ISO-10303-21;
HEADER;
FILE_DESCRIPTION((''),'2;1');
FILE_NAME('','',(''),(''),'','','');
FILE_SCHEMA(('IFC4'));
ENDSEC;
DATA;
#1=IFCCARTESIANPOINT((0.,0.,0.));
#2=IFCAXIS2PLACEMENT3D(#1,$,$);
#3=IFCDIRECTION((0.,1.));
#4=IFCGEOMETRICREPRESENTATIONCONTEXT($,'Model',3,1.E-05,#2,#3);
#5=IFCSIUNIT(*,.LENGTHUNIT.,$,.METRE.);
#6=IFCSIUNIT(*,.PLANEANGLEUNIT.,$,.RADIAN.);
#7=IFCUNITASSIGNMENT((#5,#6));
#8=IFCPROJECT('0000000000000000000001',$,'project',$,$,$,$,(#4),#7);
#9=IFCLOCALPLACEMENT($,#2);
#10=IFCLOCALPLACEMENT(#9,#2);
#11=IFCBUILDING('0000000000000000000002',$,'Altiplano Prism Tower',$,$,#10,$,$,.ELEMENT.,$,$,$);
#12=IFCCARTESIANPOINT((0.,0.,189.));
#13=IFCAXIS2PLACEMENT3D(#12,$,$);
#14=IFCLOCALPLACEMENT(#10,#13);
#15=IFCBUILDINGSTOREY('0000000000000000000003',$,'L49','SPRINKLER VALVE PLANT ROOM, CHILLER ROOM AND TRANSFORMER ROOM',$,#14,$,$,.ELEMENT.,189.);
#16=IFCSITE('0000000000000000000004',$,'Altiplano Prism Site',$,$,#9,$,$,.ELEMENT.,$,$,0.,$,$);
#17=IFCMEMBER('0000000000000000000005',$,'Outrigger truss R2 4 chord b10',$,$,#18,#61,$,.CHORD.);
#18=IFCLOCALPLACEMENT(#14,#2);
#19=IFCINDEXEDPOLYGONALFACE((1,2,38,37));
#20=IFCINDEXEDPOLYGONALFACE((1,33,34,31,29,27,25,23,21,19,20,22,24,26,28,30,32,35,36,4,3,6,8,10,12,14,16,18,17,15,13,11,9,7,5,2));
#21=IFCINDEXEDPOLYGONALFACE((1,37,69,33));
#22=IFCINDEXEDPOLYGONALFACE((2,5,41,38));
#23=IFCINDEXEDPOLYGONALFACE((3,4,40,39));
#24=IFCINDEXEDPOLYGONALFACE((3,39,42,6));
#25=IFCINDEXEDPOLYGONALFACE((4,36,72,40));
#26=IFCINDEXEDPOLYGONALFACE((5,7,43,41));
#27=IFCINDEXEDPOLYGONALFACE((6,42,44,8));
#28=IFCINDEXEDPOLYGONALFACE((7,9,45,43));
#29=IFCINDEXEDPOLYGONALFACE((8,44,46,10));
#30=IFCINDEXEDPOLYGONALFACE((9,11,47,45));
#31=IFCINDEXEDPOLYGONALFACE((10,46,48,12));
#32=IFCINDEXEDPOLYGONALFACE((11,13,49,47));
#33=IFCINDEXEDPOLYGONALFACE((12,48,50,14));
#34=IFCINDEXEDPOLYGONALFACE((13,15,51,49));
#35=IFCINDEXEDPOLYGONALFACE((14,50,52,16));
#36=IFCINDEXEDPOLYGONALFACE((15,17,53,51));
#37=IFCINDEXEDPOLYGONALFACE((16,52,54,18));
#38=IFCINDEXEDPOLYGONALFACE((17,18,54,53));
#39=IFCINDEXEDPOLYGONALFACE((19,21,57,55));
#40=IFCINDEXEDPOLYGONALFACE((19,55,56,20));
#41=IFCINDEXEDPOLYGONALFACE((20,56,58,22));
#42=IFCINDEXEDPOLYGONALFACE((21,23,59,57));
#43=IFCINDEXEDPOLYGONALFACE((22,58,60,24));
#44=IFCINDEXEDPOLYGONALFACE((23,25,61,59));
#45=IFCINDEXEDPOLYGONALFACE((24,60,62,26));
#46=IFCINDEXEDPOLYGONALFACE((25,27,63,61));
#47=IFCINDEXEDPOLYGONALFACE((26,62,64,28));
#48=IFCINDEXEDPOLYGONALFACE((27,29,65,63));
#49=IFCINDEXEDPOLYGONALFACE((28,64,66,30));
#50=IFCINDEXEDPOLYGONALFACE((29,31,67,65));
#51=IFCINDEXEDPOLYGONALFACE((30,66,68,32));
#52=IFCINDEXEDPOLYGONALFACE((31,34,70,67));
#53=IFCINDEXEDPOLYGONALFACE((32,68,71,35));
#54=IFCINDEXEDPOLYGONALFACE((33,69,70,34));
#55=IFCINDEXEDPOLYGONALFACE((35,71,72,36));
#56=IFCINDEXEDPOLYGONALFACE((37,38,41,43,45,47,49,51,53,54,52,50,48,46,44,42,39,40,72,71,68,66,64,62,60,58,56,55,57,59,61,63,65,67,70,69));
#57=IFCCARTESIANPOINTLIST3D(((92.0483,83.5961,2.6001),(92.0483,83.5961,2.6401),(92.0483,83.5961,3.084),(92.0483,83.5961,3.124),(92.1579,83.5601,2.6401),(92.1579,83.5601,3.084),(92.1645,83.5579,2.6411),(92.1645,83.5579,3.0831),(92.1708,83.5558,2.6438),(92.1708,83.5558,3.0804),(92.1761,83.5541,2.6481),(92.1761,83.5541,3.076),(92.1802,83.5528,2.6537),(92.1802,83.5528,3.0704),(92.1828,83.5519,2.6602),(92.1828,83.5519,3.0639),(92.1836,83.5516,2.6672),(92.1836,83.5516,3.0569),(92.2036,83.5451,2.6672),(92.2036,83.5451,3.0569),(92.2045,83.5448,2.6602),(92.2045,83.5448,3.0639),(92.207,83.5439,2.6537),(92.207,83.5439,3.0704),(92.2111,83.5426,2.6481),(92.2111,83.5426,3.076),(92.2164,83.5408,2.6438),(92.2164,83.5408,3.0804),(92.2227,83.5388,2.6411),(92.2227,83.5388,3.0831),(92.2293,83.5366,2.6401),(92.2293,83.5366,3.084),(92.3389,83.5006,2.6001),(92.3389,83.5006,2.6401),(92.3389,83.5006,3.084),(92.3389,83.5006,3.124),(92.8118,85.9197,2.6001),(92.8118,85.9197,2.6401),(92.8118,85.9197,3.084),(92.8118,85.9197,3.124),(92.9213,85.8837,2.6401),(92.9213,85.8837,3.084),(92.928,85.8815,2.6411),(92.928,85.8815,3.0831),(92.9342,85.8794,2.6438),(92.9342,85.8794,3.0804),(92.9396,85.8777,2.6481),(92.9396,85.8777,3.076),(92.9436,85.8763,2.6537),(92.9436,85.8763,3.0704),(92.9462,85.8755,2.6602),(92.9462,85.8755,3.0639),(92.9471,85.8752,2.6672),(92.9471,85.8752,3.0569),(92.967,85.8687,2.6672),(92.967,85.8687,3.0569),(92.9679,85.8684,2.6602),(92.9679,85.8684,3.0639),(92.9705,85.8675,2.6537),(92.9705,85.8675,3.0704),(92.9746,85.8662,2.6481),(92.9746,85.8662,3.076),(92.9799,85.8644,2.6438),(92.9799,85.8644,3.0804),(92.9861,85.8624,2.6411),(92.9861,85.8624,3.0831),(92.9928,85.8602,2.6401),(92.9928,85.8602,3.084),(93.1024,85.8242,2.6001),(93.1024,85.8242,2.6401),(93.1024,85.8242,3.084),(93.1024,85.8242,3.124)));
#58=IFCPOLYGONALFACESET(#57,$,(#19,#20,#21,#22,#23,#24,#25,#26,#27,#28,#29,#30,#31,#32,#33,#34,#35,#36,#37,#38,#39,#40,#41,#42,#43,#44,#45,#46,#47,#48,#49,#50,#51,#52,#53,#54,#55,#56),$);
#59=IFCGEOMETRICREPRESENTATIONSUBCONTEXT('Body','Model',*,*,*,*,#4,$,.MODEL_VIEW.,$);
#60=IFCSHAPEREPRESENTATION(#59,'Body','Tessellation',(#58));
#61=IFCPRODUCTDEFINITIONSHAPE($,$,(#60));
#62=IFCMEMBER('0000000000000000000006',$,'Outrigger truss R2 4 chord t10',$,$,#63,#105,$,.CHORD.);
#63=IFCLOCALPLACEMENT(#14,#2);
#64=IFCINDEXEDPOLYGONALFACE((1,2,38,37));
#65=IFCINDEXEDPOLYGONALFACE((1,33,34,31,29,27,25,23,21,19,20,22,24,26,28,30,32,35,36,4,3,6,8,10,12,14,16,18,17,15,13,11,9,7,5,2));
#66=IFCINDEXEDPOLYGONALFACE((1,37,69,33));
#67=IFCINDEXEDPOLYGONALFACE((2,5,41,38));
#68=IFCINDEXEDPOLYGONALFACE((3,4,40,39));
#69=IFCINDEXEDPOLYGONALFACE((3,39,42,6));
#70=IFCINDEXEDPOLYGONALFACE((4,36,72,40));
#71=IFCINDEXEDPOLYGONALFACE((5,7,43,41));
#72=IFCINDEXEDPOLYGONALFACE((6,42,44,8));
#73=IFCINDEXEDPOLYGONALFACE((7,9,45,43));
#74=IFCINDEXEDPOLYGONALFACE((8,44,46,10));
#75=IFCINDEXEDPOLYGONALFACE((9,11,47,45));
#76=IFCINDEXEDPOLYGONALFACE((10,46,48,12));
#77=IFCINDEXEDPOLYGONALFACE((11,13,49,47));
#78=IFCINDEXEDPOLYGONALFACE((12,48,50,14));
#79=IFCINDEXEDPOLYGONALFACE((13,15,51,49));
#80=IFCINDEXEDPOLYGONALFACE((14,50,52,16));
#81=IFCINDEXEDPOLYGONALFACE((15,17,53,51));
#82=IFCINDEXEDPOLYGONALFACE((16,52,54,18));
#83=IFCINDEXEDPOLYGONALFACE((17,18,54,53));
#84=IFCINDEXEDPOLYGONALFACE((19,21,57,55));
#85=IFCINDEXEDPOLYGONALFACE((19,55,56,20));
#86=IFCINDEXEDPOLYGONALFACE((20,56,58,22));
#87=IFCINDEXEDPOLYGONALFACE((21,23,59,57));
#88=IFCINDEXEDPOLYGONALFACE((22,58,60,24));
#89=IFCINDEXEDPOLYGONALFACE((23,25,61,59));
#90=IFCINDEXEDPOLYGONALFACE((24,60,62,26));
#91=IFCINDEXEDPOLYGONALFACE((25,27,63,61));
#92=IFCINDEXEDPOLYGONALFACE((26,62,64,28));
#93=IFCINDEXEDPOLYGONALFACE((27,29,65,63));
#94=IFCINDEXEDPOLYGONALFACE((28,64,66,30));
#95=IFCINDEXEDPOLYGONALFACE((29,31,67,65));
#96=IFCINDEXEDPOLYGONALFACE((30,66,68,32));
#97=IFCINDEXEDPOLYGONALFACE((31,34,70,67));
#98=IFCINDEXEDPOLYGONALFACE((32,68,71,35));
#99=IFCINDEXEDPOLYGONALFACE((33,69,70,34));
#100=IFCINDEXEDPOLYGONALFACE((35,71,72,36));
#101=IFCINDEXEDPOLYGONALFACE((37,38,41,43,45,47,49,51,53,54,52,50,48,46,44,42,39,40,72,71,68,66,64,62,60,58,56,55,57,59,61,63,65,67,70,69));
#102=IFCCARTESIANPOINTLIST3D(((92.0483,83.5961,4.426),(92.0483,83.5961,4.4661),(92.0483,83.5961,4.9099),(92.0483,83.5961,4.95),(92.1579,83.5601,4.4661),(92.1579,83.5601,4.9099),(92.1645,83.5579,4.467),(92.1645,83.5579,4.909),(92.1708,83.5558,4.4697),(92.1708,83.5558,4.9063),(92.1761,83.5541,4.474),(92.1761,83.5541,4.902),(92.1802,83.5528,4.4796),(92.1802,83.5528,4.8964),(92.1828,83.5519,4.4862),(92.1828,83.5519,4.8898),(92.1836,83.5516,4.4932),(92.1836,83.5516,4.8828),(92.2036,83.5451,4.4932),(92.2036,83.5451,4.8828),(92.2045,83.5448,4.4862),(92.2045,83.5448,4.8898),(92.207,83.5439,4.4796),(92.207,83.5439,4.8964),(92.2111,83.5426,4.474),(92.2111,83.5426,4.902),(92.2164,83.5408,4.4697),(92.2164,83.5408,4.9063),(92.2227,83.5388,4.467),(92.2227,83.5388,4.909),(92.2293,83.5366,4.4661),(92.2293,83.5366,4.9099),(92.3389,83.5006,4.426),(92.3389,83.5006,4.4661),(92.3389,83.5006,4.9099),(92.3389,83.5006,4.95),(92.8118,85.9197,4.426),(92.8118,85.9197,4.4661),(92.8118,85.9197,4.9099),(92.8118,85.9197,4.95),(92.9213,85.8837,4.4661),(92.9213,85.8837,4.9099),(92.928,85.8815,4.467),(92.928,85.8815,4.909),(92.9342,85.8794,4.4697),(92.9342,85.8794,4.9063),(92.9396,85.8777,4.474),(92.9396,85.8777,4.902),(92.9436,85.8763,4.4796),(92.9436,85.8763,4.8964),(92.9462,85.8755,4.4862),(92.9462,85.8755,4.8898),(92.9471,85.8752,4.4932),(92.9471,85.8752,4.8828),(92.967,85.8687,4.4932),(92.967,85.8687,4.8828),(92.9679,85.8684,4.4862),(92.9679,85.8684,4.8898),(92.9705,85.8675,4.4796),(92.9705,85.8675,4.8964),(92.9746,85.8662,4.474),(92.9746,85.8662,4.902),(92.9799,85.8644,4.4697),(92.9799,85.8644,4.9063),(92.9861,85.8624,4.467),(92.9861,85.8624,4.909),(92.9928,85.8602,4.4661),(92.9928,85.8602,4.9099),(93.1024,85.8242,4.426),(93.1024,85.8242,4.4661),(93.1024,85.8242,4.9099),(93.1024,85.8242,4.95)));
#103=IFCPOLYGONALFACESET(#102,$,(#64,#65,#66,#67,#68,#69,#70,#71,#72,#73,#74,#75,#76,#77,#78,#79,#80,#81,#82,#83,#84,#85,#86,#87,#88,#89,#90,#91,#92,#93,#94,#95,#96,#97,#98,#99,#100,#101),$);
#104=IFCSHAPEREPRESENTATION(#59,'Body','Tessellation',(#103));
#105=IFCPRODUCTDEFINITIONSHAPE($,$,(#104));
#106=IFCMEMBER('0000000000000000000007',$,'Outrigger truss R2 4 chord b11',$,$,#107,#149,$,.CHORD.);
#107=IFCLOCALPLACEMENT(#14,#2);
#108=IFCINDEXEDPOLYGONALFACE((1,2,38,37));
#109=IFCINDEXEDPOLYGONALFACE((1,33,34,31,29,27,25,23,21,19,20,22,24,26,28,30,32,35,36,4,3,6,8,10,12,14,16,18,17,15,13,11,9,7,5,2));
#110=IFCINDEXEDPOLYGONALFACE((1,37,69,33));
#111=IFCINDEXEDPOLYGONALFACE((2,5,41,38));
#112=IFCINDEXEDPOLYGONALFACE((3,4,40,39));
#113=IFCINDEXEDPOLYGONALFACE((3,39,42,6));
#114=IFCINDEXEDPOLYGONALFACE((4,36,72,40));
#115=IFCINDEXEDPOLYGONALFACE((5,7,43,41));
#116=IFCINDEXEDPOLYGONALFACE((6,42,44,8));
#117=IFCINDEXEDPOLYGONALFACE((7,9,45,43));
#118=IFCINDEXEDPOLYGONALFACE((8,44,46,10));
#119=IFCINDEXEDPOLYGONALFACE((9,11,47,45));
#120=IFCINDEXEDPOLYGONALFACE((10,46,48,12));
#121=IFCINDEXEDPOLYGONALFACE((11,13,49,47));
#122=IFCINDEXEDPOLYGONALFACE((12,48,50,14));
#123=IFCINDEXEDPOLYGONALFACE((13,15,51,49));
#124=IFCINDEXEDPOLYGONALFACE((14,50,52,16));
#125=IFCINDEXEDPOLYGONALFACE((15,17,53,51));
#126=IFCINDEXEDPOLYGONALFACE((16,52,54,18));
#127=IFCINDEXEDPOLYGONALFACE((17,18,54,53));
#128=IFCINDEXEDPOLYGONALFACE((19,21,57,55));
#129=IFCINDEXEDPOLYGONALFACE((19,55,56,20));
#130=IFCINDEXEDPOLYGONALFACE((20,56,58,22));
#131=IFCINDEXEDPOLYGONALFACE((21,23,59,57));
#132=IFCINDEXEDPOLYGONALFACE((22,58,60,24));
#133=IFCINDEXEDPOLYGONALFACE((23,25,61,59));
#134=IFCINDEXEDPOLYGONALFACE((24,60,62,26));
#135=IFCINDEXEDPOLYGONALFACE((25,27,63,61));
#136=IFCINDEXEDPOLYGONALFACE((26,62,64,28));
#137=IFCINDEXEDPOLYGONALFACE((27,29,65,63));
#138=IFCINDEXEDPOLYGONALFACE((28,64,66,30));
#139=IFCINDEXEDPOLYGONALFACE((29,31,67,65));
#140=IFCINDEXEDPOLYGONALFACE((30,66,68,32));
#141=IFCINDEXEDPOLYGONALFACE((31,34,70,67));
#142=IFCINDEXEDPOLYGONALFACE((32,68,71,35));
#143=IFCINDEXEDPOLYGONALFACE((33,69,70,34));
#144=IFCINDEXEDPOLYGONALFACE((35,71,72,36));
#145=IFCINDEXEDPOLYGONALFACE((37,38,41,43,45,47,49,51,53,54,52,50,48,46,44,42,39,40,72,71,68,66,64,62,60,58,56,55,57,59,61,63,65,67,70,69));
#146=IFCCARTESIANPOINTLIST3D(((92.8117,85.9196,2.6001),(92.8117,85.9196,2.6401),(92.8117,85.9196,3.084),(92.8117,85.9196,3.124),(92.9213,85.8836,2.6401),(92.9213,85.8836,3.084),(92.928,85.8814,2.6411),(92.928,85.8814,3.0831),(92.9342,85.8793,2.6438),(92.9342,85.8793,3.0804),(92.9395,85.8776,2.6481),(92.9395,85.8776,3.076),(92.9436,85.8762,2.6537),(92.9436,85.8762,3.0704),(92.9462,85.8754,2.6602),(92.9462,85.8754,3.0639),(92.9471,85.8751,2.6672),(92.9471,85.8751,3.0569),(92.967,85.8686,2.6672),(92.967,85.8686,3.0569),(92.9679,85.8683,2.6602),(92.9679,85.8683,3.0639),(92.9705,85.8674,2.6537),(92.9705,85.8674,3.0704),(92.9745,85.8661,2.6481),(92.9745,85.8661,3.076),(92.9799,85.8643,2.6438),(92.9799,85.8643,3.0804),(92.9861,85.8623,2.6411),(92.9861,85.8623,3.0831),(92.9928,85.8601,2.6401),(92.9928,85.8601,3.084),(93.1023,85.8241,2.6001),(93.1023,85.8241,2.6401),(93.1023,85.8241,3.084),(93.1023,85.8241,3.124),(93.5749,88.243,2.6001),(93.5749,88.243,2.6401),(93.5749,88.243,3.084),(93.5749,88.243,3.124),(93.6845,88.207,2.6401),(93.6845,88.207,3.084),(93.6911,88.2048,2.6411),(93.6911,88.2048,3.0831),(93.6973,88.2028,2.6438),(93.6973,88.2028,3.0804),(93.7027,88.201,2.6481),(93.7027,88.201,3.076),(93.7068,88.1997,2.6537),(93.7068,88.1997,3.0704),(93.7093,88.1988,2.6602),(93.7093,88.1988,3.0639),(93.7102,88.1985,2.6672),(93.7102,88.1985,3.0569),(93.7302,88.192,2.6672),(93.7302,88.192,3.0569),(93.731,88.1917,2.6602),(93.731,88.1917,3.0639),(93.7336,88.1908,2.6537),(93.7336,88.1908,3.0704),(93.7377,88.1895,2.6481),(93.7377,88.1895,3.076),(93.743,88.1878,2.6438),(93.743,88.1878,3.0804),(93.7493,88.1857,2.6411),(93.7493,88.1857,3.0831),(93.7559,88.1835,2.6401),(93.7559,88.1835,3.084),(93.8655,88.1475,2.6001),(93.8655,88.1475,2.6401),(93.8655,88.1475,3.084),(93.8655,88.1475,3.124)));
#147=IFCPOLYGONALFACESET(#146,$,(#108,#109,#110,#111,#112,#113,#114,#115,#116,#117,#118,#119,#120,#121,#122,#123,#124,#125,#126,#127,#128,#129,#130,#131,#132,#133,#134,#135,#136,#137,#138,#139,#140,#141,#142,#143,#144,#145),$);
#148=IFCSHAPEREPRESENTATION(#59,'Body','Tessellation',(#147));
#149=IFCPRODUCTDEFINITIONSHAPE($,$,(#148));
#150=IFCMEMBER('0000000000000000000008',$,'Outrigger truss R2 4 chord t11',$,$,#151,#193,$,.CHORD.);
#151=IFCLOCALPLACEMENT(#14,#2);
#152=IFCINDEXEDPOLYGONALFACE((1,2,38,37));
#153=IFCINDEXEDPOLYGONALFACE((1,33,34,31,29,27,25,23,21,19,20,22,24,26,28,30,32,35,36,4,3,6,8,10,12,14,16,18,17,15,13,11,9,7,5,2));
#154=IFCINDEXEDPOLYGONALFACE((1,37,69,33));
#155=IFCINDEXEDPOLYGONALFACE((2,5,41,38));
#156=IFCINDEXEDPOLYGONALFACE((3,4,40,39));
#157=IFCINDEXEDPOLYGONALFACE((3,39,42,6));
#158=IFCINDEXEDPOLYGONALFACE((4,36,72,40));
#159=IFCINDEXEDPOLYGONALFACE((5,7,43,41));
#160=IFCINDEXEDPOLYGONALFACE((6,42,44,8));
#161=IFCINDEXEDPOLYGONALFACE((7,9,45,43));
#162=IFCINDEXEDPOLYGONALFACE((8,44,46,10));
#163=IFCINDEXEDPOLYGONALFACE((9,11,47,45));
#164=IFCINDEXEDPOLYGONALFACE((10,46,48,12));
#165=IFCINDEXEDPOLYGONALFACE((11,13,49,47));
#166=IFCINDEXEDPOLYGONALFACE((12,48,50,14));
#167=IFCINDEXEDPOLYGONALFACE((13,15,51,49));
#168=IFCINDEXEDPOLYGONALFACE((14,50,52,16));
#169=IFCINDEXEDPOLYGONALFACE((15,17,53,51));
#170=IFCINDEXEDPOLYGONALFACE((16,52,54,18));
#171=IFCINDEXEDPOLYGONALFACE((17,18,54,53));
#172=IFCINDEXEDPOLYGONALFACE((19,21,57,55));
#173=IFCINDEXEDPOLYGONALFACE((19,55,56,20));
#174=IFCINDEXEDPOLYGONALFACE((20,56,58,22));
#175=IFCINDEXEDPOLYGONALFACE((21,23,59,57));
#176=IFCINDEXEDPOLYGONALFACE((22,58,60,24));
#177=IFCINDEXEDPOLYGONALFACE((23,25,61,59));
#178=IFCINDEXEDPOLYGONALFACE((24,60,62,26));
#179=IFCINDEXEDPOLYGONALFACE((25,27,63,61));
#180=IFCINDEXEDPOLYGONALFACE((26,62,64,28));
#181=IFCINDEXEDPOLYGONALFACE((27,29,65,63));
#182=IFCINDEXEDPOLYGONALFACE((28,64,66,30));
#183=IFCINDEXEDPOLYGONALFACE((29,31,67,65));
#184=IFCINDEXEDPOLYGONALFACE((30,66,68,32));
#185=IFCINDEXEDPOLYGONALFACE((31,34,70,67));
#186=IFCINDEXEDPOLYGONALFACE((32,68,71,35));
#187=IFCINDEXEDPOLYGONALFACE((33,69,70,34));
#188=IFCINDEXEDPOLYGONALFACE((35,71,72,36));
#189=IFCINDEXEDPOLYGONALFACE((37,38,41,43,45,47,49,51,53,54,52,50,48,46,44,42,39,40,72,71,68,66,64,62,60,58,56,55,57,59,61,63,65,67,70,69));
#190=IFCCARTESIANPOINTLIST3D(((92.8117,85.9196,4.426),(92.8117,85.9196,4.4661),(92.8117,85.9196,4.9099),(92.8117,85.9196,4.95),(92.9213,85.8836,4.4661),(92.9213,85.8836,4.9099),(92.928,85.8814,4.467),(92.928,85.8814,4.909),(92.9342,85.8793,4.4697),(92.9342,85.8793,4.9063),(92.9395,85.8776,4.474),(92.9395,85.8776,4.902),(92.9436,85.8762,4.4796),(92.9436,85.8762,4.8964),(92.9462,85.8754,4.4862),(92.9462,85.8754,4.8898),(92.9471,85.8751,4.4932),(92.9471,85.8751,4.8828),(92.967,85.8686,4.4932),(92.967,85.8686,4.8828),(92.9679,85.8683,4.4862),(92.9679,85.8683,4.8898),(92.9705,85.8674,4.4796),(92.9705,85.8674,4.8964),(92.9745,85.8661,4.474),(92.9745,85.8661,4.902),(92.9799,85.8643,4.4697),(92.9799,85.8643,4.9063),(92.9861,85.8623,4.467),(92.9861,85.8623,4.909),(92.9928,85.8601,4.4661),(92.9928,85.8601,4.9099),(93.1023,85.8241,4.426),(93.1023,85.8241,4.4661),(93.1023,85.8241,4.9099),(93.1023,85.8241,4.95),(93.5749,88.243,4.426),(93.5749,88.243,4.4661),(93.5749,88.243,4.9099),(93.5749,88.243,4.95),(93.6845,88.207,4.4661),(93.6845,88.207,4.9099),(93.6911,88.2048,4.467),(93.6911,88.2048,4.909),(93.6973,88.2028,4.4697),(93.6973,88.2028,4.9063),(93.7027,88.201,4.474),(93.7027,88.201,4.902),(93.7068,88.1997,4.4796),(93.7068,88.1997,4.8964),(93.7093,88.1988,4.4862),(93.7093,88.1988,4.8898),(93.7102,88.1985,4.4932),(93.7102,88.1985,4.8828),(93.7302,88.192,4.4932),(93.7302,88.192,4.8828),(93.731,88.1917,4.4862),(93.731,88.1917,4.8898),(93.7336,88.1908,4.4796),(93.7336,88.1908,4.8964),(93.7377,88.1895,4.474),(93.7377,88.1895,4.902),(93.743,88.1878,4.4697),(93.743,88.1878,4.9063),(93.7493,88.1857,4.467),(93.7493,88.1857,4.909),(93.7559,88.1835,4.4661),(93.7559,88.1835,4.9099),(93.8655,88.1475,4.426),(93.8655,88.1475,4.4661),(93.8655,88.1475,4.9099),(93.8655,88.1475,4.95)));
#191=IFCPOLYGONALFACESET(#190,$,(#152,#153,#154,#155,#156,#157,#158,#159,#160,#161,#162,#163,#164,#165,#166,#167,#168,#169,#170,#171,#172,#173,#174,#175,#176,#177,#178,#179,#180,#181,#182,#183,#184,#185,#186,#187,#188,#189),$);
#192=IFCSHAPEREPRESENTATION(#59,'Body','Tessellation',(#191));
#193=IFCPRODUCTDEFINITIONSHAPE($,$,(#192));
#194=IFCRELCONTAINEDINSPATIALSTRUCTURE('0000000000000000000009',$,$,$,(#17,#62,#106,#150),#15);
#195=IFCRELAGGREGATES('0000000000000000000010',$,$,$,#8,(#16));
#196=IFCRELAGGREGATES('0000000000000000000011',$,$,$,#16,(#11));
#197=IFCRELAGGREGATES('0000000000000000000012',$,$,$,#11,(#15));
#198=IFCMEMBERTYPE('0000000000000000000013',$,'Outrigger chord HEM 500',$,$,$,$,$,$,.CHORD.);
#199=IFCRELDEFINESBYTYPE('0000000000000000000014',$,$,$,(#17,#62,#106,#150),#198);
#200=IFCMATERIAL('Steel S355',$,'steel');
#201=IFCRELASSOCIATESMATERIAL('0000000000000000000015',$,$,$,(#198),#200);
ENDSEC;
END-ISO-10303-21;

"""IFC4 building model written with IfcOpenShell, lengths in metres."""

from ifc_helpers import new_model, si_unit, direction, frame, origin, origin_2d, place, context, subcontext, project, spatial, i_section, extrude, material, material_profile, profile_set, type_object, element, save


model = new_model("IFC4")

# Units and contexts
model_context = context("Model", 3, precision=1e-05, world=origin(), true_north=direction((0.0, 1.0)))
body_context = subcontext(model_context, "Body", "Model", "MODEL_VIEW")
ifc_project = project(units=[si_unit("LENGTHUNIT", "METRE"), si_unit("PLANEANGLEUNIT", "RADIAN")], contexts=[model_context])

# Site, building, storey
site_placement = place(None, origin())
site = spatial("IfcSite", under=ifc_project, at=site_placement, Name="Altiplano Prism Site", CompositionType="ELEMENT", RefElevation=0.0)
building_placement = place(site_placement, origin())
building = spatial("IfcBuilding", under=site, at=building_placement, Name="Altiplano Prism Tower", CompositionType="ELEMENT")
storey_placement = place(building_placement, frame((0.0, 0.0, 189.0)))
storey = spatial("IfcBuildingStorey", under=building, at=storey_placement, Name="L49", Description="SPRINKLER VALVE PLANT ROOM, CHILLER ROOM AND TRANSFORMER ROOM", CompositionType="ELEMENT", Elevation=189.0)

# Shared definitions
ifc_material_1 = material(Name="Steel S355", Category="steel")

# Members
ifc_material_profile_1 = material_profile(ifc_material_1, i_section(OverallWidth=0.3059, OverallDepth=0.5239, WebThickness=0.021, FlangeThickness=0.04, FilletRadius=0.0271, at=origin_2d()), Name="Outrigger chord HEM 500")
ifc_profile_set_1 = profile_set([ifc_material_profile_1], Name="Steel S355")
member_type_1 = type_object("IfcMemberType", Name="Outrigger chord HEM 500", PredefinedType="CHORD", material=ifc_profile_set_1)
for number, where, z_axis, x_axis, name in (
    (1, (92.1936, 83.5483, 2.8621), (0.312152, 0.950032, 0.0), (-0.950032, 0.312152, 0.0), "Outrigger truss R2 4 chord b10"),
    (2, (92.1936, 83.5483, 4.688), (0.312152, 0.950032, 0.0), (-0.950032, 0.312152, 0.0), "Outrigger truss R2 4 chord t10"),
):
    element("IfcMember", number, at=place(storey_placement, frame(where, z_axis=z_axis, x_axis=x_axis)), inside=storey, type_object=member_type_1, Name=name, PredefinedType="CHORD", context=body_context, shape_type="SweptSolid", body=[
        extrude(i_section(OverallWidth=0.3059, OverallDepth=0.5239, WebThickness=0.021, FlangeThickness=0.04, FilletRadius=0.0271, at=origin_2d()), origin(), (0.0, 0.0, 1.0), 2.4458),
    ])
for number, where, z_axis, x_axis, name in (
    (3, (92.957, 85.8718, 2.8621), (0.312062, 0.950062, 0.0), (-0.950062, 0.312062, 0.0), "Outrigger truss R2 4 chord b11"),
    (4, (92.957, 85.8718, 4.688), (0.312062, 0.950062, 0.0), (-0.950062, 0.312062, 0.0), "Outrigger truss R2 4 chord t11"),
):
    element("IfcMember", number, at=place(storey_placement, frame(where, z_axis=z_axis, x_axis=x_axis)), inside=storey, type_object=member_type_1, Name=name, PredefinedType="CHORD", context=body_context, shape_type="SweptSolid", body=[
        extrude(i_section(OverallWidth=0.3059, OverallDepth=0.5239, WebThickness=0.021, FlangeThickness=0.04, FilletRadius=0.0271, at=origin_2d()), origin(), (0.0, 0.0, 1.0), 2.4456),
    ])

save(model, "model.ifc")
